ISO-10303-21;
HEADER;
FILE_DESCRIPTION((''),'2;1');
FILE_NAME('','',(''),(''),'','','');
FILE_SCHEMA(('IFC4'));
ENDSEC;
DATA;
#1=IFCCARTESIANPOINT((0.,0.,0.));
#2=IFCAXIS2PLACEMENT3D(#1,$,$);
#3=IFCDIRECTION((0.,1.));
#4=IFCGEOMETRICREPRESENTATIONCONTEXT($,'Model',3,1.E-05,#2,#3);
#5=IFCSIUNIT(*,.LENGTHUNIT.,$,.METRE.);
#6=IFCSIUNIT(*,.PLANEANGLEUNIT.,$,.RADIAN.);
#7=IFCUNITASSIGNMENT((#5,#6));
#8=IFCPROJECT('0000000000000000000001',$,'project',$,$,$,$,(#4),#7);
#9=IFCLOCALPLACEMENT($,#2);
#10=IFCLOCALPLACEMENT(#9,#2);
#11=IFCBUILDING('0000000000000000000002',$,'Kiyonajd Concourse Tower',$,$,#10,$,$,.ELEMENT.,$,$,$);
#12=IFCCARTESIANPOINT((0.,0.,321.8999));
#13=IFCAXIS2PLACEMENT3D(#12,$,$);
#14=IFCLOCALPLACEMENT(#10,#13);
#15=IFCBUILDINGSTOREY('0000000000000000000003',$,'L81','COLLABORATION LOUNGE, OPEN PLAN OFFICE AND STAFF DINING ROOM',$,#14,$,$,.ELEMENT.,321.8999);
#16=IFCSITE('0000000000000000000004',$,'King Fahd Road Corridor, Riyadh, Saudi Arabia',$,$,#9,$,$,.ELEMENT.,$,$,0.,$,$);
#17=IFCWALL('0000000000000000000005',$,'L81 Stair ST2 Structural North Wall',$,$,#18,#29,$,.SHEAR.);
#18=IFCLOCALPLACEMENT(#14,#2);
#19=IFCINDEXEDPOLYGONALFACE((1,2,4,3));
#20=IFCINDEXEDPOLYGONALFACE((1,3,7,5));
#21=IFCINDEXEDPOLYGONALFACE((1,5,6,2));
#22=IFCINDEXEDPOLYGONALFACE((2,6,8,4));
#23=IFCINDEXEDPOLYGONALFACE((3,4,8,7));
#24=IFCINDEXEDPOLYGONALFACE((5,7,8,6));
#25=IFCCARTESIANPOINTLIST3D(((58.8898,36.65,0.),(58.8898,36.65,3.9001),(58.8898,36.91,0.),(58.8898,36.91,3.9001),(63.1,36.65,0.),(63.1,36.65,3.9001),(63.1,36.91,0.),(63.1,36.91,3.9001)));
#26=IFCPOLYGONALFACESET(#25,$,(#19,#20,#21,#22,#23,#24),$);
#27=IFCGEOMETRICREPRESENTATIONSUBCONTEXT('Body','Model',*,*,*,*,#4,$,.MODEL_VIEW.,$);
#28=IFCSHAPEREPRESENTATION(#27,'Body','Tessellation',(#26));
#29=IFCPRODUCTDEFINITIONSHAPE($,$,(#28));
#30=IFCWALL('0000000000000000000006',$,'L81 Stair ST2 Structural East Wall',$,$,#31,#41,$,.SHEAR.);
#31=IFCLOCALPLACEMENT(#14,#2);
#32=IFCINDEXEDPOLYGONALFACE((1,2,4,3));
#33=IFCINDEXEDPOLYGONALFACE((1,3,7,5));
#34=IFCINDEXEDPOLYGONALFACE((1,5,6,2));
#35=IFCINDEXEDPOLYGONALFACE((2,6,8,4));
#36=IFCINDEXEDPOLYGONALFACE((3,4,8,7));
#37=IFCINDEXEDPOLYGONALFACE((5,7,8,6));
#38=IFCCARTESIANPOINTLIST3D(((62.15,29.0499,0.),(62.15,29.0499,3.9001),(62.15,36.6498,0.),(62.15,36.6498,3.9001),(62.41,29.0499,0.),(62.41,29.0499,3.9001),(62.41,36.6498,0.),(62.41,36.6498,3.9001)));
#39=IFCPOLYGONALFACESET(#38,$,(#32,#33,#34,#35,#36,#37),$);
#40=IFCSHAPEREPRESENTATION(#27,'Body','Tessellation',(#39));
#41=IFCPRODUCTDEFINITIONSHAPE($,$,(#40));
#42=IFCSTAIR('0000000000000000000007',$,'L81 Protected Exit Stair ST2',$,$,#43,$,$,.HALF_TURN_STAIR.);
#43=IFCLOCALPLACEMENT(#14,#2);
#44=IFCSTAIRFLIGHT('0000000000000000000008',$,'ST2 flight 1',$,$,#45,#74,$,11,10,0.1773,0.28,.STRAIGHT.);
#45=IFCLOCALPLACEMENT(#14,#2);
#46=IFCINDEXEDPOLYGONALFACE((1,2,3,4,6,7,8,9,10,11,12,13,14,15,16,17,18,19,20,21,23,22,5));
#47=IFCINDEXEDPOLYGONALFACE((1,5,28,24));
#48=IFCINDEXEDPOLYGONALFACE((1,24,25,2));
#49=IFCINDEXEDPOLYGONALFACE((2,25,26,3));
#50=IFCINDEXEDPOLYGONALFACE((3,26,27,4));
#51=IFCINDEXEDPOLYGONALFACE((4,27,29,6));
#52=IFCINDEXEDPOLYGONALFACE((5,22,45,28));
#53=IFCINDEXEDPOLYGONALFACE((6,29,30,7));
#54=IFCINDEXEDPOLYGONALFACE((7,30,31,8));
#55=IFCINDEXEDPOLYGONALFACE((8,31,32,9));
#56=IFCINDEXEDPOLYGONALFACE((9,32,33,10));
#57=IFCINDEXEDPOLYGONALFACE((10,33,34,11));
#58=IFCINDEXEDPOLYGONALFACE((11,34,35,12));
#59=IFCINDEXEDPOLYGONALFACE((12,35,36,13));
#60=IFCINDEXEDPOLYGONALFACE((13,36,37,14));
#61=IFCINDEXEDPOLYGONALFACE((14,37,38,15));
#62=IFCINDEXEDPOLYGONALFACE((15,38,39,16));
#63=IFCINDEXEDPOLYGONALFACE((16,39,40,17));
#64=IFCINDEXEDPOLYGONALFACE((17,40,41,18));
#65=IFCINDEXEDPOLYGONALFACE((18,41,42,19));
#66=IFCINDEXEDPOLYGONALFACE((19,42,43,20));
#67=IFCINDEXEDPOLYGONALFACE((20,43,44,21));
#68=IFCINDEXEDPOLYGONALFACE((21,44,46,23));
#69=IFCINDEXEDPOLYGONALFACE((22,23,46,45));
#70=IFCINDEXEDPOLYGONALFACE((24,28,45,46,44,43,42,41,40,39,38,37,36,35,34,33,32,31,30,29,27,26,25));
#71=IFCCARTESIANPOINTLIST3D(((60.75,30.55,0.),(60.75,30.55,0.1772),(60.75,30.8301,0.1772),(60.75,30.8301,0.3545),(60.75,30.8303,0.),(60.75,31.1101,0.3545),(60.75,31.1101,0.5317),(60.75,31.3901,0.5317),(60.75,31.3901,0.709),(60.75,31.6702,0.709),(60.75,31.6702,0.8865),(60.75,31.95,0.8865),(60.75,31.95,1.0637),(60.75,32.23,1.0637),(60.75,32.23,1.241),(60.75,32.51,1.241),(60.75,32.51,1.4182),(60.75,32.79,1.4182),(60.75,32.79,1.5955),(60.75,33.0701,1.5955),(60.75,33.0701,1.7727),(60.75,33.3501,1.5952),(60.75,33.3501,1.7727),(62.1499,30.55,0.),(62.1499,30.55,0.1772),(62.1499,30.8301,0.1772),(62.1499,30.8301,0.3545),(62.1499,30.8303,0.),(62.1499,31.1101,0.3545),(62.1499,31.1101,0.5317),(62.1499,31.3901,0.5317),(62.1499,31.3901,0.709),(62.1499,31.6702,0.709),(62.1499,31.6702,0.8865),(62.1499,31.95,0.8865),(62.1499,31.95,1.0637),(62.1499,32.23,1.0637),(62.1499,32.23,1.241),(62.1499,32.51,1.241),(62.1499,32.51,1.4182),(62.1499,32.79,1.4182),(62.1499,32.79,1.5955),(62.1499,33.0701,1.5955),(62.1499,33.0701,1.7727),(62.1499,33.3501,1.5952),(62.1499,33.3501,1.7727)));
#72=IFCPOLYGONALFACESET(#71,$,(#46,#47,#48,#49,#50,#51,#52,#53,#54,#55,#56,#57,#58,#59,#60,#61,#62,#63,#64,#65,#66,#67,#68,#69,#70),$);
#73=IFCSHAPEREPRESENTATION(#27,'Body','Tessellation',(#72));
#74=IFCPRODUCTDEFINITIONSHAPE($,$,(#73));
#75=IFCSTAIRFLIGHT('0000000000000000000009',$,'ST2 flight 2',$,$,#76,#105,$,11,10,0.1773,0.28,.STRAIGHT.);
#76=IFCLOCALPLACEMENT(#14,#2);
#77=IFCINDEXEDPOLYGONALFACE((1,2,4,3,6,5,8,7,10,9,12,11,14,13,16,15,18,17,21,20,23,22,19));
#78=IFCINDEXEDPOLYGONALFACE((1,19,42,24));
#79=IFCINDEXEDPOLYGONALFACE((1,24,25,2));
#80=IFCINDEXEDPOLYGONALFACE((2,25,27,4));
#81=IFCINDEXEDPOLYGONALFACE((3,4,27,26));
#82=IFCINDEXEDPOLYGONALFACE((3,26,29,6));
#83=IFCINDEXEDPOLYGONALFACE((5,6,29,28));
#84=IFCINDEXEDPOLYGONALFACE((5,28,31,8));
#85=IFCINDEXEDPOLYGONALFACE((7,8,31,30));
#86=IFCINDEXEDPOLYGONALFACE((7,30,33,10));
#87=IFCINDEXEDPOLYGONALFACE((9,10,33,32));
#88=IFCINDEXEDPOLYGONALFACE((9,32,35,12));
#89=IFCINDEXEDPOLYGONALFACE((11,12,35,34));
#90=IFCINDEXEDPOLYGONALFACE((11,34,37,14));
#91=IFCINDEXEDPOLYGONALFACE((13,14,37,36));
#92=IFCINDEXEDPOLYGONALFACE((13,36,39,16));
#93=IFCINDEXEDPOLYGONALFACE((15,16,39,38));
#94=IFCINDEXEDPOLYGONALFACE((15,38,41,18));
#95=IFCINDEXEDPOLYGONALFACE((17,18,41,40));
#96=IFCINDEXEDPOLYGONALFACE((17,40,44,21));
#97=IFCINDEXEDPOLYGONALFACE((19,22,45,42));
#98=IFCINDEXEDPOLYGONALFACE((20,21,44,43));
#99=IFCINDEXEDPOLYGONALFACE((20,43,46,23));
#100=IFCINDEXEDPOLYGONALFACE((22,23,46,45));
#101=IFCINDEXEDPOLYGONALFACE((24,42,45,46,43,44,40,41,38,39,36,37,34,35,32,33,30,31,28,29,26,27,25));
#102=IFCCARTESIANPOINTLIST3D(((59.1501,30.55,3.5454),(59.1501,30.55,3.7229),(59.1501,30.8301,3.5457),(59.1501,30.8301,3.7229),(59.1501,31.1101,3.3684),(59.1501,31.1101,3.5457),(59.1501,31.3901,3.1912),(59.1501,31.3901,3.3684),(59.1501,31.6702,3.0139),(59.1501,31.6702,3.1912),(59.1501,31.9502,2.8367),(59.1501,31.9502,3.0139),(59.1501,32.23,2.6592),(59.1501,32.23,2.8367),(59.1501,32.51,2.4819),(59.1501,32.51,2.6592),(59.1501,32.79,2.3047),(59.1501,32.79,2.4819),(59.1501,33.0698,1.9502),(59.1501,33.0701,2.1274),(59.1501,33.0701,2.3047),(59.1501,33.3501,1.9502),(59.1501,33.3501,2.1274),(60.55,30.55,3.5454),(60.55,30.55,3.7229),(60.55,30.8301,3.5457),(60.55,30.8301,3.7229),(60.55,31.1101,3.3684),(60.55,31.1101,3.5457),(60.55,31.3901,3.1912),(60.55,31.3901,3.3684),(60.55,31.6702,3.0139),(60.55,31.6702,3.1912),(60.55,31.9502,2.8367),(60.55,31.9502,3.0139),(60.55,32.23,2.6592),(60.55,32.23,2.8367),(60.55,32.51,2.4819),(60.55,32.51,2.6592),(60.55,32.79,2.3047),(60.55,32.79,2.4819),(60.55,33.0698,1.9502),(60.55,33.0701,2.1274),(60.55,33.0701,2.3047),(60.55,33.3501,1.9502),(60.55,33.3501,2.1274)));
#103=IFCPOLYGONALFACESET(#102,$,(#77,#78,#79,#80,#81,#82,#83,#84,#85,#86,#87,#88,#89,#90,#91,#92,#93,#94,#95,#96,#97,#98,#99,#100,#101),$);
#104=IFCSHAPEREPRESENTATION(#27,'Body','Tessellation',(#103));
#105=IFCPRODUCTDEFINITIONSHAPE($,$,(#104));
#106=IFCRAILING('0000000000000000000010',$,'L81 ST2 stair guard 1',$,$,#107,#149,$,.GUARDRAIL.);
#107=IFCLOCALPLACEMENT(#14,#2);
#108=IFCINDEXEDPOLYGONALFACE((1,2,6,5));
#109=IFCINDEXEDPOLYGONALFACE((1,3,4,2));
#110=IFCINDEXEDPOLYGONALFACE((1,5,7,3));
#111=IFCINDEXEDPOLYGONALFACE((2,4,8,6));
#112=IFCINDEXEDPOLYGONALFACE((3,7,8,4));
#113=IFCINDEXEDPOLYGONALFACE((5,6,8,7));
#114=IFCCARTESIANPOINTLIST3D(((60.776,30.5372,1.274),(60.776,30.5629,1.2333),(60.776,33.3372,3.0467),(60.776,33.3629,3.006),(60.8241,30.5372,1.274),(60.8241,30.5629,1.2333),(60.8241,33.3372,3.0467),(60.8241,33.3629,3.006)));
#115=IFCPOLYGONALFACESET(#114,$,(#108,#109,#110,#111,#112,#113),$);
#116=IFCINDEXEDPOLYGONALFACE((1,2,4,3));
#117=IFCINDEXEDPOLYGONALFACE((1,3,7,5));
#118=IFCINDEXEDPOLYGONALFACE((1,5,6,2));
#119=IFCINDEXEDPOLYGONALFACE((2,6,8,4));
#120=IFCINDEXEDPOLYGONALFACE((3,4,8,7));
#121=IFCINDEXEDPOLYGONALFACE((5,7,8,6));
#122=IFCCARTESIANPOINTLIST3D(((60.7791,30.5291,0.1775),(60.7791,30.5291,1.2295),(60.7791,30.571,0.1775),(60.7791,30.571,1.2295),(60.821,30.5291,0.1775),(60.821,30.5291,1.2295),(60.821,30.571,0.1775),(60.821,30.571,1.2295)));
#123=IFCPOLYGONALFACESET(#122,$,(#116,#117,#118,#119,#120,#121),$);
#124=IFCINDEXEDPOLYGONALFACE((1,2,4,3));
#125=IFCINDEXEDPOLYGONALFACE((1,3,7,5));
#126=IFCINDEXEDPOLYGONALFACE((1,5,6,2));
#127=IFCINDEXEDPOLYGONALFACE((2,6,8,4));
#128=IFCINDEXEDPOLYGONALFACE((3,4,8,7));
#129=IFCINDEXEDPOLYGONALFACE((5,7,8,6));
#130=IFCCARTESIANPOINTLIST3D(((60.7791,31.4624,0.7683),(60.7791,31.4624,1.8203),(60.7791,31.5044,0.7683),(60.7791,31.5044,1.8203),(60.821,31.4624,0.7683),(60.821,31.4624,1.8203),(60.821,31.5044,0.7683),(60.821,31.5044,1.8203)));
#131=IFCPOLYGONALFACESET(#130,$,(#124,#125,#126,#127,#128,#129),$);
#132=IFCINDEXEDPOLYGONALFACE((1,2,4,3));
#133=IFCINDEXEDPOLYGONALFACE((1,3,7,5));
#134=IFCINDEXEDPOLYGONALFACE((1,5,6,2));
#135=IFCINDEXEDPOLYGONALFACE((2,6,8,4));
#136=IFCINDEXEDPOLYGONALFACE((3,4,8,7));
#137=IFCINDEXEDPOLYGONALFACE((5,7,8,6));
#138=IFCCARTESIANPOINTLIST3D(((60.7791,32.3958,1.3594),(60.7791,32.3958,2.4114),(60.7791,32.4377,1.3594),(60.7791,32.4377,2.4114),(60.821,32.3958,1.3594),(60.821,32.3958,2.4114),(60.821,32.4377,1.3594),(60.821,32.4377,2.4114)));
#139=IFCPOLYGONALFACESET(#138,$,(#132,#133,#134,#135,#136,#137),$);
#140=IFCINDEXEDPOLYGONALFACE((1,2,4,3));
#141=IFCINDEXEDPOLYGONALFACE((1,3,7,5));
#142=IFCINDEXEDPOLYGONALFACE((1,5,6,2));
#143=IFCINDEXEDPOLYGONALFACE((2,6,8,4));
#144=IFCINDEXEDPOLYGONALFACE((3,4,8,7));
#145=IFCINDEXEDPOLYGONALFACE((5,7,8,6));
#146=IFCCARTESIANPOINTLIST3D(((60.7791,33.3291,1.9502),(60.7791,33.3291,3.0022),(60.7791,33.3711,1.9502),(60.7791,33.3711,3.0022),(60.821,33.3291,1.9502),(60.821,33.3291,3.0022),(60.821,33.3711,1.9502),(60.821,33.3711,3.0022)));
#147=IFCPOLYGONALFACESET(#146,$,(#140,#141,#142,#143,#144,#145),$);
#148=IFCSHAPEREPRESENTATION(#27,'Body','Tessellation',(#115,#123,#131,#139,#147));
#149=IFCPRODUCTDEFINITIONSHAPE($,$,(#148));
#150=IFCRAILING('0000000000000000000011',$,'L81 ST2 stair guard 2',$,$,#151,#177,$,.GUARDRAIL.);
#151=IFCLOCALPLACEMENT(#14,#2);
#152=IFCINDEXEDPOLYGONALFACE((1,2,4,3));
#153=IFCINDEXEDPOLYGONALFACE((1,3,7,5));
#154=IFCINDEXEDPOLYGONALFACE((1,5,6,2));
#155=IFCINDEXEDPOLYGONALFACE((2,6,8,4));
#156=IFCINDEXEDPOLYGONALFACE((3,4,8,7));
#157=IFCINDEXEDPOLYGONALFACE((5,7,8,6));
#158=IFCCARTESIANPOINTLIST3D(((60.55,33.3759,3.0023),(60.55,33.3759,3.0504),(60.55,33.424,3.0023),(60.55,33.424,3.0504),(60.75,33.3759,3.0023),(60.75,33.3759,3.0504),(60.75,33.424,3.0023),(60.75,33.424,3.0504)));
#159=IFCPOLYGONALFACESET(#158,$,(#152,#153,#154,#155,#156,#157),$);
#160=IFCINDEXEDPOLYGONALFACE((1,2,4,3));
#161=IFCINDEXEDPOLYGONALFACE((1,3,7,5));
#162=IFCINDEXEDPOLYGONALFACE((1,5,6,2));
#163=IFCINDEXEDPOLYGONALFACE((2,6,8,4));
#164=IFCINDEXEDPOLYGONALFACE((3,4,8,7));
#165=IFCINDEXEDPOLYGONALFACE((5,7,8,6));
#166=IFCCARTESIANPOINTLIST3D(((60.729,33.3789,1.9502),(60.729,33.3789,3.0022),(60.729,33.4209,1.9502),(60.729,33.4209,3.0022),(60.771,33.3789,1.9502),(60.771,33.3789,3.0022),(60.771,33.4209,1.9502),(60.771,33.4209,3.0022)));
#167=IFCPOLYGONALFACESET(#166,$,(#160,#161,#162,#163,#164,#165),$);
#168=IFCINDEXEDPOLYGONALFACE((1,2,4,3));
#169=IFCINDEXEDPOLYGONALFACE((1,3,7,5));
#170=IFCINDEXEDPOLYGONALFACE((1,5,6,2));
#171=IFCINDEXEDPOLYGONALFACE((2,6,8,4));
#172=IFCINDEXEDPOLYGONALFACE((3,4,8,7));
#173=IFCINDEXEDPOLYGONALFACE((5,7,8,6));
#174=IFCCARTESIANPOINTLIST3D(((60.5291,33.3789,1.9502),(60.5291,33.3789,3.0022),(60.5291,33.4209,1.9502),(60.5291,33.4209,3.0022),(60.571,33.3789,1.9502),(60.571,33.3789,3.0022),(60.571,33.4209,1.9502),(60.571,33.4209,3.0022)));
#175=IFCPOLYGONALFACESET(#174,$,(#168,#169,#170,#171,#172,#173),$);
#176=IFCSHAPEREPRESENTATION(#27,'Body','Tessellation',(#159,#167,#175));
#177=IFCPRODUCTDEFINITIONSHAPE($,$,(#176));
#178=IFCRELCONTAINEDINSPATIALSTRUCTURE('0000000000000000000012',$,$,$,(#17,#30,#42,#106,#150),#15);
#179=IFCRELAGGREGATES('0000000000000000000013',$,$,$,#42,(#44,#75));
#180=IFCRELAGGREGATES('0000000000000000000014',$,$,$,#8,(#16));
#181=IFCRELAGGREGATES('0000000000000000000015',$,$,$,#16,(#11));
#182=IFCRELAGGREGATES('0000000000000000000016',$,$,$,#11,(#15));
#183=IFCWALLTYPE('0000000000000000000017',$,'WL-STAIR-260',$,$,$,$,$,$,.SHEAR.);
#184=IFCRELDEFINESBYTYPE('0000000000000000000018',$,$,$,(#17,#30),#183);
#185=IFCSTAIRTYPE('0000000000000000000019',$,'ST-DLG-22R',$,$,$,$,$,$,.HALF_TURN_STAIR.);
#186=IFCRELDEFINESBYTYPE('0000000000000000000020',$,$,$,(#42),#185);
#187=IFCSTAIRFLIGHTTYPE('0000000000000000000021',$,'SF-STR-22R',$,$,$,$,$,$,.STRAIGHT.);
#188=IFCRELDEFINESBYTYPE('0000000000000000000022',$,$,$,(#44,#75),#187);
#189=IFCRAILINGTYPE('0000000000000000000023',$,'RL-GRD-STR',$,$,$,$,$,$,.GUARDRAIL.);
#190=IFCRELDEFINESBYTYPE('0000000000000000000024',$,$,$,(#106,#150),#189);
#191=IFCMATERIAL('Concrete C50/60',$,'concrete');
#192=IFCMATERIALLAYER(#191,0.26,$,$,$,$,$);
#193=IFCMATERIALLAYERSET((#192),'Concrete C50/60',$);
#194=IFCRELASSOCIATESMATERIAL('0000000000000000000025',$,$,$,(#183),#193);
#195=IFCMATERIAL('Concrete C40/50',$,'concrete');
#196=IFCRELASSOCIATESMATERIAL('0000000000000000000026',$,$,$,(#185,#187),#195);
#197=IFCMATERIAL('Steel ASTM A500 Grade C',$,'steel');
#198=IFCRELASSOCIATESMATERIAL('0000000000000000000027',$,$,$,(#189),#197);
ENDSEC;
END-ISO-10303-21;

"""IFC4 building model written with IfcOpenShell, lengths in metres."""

from ifc_helpers import new_model, si_unit, direction, frame, frame_2d, origin, origin_2d, place, context, subcontext, project, spatial, polyline, rectangle, outline, extrude, material, layer, layer_set, type_object, element, aggregate, save


model = new_model("IFC4")

# Units and contexts
model_context = context("Model", 3, precision=1e-05, world=origin(), true_north=direction((0.0, 1.0)))
body_context = subcontext(model_context, "Body", "Model", "MODEL_VIEW")
ifc_project = project(units=[si_unit("LENGTHUNIT", "METRE"), si_unit("PLANEANGLEUNIT", "RADIAN")], contexts=[model_context])

# Site, building, storey
site_placement = place(None, origin())
site = spatial("IfcSite", under=ifc_project, at=site_placement, Name="King Fahd Road Corridor, Riyadh, Saudi Arabia", CompositionType="ELEMENT", RefElevation=0.0)
building_placement = place(site_placement, origin())
building = spatial("IfcBuilding", under=site, at=building_placement, Name="Kiyonajd Concourse Tower", CompositionType="ELEMENT")
storey_placement = place(building_placement, frame((0.0, 0.0, 321.8999)))
storey = spatial("IfcBuildingStorey", under=building, at=storey_placement, Name="L81", Description="COLLABORATION LOUNGE, OPEN PLAN OFFICE AND STAFF DINING ROOM", CompositionType="ELEMENT", Elevation=321.8999)

# Shared definitions
ifc_material_1 = material(Name="Concrete C50/60", Category="concrete")

# Walls
ifc_layer_1 = layer(ifc_material_1, 0.26)
ifc_layer_set_1 = layer_set([ifc_layer_1], Name="Concrete C50/60")
wall_type_1 = type_object("IfcWallType", Name="WL-STAIR-260", PredefinedType="SHEAR", material=ifc_layer_set_1)
wall_1_placement = place(storey_placement, frame((58.8899, 36.78, 0.0), z_axis=(0.0, 0.0, 1.0), x_axis=(1.0, 0.0, 0.0)))
element("IfcWall", 1, at=wall_1_placement, inside=storey, type_object=wall_type_1, Name="L81 Stair ST2 Structural North Wall", PredefinedType="SHEAR", context=body_context, shape_type="SweptSolid", body=[
    extrude(rectangle(XDim=4.2102, YDim=0.26, at=frame_2d((2.105, 0.0))), origin(), (0.0, 0.0, 1.0), 3.9001),
])
wall_2_placement = place(storey_placement, frame((62.28, 29.05, 0.0), z_axis=(0.0, 0.0, 1.0), x_axis=(0.0, 1.0, 0.0)))
element("IfcWall", 2, at=wall_2_placement, inside=storey, type_object=wall_type_1, Name="L81 Stair ST2 Structural East Wall", PredefinedType="SHEAR", context=body_context, shape_type="SweptSolid", body=[
    extrude(rectangle(XDim=7.5999, YDim=0.26, at=frame_2d((3.7998, 0.0))), origin(), (0.0, 0.0, 1.0), 3.9001),
])

# Stair, stair flights
ifc_material_2 = material(Name="Concrete C40/50", Category="concrete")
stair_type = type_object("IfcStairType", Name="ST-DLG-22R", PredefinedType="HALF_TURN_STAIR", material=ifc_material_2)
stair_placement = place(storey_placement, origin())
stair = element("IfcStair", 3, at=stair_placement, inside=storey, type_object=stair_type, Name="L81 Protected Exit Stair ST2", PredefinedType="HALF_TURN_STAIR")
stair_flight_type = type_object("IfcStairFlightType", Name="SF-STR-22R", PredefinedType="STRAIGHT", material=ifc_material_2)
stair_flight_1_placement = place(storey_placement, frame((61.45, 30.55, 0.0), z_axis=(0.0, 0.0, 1.0), x_axis=(0.0, 1.0, 0.0)))
stair_flight_1 = element("IfcStairFlight", 4, at=stair_flight_1_placement, type_object=stair_flight_type, Name="ST2 flight 1", NumberOfRisers=11, NumberOfTreads=10, PredefinedType="STRAIGHT", RiserHeight=0.1773, TreadLength=0.28, context=body_context, shape_type="SweptSolid", body=[
    extrude(outline(polyline([(0.0, 0.0), (0.0, 0.1772), (0.28, 0.1772), (0.28, 0.3545), (0.5601, 0.3545), (0.5601, 0.5317), (0.8401, 0.5317), (0.8401, 0.709), (1.1201, 0.709), (1.1201, 0.8865), (1.3999, 0.8865), (1.3999, 1.0637), (1.6799, 1.0637), (1.6799, 1.241), (1.96, 1.241), (1.96, 1.4182), (2.24, 1.4182), (2.24, 1.5955), (2.52, 1.5955), (2.52, 1.7727), (2.8, 1.7727), (2.8, 1.95), (2.8, 1.5952), (0.2803, 0.0), (0.0, 0.0)])), frame((0.0, 0.7, 0.0), z_axis=(0.0, -1.0, 0.0), x_axis=(1.0, 0.0, 0.0)), (0.0, 0.0, 1.0), 1.3999),
])
stair_flight_2_placement = place(storey_placement, frame((59.8501, 33.3501, 1.9502), z_axis=(0.0, 0.0, 1.0), x_axis=(0.0, -1.0, 0.0)))
stair_flight_2 = element("IfcStairFlight", 5, at=stair_flight_2_placement, type_object=stair_flight_type, Name="ST2 flight 2", NumberOfRisers=11, NumberOfTreads=10, PredefinedType="STRAIGHT", RiserHeight=0.1773, TreadLength=0.28, context=body_context, shape_type="SweptSolid", body=[
    extrude(outline(polyline([(0.0, 0.0), (0.0, 0.1772), (0.28, 0.1772), (0.28, 0.3545), (0.5601, 0.3545), (0.5601, 0.5317), (0.8401, 0.5317), (0.8401, 0.709), (1.1201, 0.709), (1.1201, 0.8865), (1.3999, 0.8865), (1.3999, 1.0637), (1.6799, 1.0637), (1.6799, 1.241), (1.96, 1.241), (1.96, 1.4182), (2.24, 1.4182), (2.24, 1.5955), (2.52, 1.5955), (2.52, 1.7727), (2.8, 1.7727), (2.8, 1.95), (2.8, 1.5952), (0.2803, 0.0), (0.0, 0.0)])), frame((0.0, 0.7, 0.0), z_axis=(0.0, -1.0, 0.0), x_axis=(1.0, 0.0, 0.0)), (0.0, 0.0, 1.0), 1.3999),
])
aggregate(stair, [stair_flight_1, stair_flight_2])

# Railings
ifc_material_3 = material(Name="Steel ASTM A500 Grade C", Category="steel")
railing_type_1 = type_object("IfcRailingType", Name="RL-GRD-STR", PredefinedType="GUARDRAIL", material=ifc_material_3)
railing_1_placement = place(storey_placement, frame((60.8, 30.55, 0.1775)))
element("IfcRailing", 6, at=railing_1_placement, inside=storey, type_object=railing_type_1, Name="L81 ST2 stair guard 1", PredefinedType="GUARDRAIL", context=body_context, shape_type="SweptSolid", body=[
    extrude(rectangle(XDim=0.0481, YDim=0.0481, at=origin_2d()), frame((0.0, 0.0, 1.0762), z_axis=(0.0, 0.844909, 0.53491), x_axis=(-1.0, 0.0, 0.0)), (0.0, 0.0, 1.0), 3.314),
    extrude(rectangle(XDim=0.042, YDim=0.042, at=origin_2d()), origin(), (0.0, 0.0, 1.0), 1.052),
    extrude(rectangle(XDim=0.042, YDim=0.042, at=origin_2d()), frame((0.0, 0.9333, 0.5908)), (0.0, 0.0, 1.0), 1.052),
    extrude(rectangle(XDim=0.042, YDim=0.042, at=origin_2d()), frame((0.0, 1.8667, 1.1819)), (0.0, 0.0, 1.0), 1.052),
    extrude(rectangle(XDim=0.042, YDim=0.042, at=origin_2d()), frame((0.0, 2.8, 1.7727)), (0.0, 0.0, 1.0), 1.052),
])
railing_2_placement = place(storey_placement, frame((60.75, 33.3999, 1.9502)))
element("IfcRailing", 7, at=railing_2_placement, inside=storey, type_object=railing_type_1, Name="L81 ST2 stair guard 2", PredefinedType="GUARDRAIL", context=body_context, shape_type="SweptSolid", body=[
    extrude(rectangle(XDim=0.0481, YDim=0.0481, at=origin_2d()), frame((0.0, 0.0, 1.0762), z_axis=(-1.0, 0.0, 0.0), x_axis=(0.0, -1.0, 0.0)), (0.0, 0.0, 1.0), 0.2),
    extrude(rectangle(XDim=0.042, YDim=0.042, at=origin_2d()), origin(), (0.0, 0.0, 1.0), 1.052),
    extrude(rectangle(XDim=0.042, YDim=0.042, at=origin_2d()), frame((-0.2, 0.0, 0.0)), (0.0, 0.0, 1.0), 1.052),
])

save(model, "model.ifc")
